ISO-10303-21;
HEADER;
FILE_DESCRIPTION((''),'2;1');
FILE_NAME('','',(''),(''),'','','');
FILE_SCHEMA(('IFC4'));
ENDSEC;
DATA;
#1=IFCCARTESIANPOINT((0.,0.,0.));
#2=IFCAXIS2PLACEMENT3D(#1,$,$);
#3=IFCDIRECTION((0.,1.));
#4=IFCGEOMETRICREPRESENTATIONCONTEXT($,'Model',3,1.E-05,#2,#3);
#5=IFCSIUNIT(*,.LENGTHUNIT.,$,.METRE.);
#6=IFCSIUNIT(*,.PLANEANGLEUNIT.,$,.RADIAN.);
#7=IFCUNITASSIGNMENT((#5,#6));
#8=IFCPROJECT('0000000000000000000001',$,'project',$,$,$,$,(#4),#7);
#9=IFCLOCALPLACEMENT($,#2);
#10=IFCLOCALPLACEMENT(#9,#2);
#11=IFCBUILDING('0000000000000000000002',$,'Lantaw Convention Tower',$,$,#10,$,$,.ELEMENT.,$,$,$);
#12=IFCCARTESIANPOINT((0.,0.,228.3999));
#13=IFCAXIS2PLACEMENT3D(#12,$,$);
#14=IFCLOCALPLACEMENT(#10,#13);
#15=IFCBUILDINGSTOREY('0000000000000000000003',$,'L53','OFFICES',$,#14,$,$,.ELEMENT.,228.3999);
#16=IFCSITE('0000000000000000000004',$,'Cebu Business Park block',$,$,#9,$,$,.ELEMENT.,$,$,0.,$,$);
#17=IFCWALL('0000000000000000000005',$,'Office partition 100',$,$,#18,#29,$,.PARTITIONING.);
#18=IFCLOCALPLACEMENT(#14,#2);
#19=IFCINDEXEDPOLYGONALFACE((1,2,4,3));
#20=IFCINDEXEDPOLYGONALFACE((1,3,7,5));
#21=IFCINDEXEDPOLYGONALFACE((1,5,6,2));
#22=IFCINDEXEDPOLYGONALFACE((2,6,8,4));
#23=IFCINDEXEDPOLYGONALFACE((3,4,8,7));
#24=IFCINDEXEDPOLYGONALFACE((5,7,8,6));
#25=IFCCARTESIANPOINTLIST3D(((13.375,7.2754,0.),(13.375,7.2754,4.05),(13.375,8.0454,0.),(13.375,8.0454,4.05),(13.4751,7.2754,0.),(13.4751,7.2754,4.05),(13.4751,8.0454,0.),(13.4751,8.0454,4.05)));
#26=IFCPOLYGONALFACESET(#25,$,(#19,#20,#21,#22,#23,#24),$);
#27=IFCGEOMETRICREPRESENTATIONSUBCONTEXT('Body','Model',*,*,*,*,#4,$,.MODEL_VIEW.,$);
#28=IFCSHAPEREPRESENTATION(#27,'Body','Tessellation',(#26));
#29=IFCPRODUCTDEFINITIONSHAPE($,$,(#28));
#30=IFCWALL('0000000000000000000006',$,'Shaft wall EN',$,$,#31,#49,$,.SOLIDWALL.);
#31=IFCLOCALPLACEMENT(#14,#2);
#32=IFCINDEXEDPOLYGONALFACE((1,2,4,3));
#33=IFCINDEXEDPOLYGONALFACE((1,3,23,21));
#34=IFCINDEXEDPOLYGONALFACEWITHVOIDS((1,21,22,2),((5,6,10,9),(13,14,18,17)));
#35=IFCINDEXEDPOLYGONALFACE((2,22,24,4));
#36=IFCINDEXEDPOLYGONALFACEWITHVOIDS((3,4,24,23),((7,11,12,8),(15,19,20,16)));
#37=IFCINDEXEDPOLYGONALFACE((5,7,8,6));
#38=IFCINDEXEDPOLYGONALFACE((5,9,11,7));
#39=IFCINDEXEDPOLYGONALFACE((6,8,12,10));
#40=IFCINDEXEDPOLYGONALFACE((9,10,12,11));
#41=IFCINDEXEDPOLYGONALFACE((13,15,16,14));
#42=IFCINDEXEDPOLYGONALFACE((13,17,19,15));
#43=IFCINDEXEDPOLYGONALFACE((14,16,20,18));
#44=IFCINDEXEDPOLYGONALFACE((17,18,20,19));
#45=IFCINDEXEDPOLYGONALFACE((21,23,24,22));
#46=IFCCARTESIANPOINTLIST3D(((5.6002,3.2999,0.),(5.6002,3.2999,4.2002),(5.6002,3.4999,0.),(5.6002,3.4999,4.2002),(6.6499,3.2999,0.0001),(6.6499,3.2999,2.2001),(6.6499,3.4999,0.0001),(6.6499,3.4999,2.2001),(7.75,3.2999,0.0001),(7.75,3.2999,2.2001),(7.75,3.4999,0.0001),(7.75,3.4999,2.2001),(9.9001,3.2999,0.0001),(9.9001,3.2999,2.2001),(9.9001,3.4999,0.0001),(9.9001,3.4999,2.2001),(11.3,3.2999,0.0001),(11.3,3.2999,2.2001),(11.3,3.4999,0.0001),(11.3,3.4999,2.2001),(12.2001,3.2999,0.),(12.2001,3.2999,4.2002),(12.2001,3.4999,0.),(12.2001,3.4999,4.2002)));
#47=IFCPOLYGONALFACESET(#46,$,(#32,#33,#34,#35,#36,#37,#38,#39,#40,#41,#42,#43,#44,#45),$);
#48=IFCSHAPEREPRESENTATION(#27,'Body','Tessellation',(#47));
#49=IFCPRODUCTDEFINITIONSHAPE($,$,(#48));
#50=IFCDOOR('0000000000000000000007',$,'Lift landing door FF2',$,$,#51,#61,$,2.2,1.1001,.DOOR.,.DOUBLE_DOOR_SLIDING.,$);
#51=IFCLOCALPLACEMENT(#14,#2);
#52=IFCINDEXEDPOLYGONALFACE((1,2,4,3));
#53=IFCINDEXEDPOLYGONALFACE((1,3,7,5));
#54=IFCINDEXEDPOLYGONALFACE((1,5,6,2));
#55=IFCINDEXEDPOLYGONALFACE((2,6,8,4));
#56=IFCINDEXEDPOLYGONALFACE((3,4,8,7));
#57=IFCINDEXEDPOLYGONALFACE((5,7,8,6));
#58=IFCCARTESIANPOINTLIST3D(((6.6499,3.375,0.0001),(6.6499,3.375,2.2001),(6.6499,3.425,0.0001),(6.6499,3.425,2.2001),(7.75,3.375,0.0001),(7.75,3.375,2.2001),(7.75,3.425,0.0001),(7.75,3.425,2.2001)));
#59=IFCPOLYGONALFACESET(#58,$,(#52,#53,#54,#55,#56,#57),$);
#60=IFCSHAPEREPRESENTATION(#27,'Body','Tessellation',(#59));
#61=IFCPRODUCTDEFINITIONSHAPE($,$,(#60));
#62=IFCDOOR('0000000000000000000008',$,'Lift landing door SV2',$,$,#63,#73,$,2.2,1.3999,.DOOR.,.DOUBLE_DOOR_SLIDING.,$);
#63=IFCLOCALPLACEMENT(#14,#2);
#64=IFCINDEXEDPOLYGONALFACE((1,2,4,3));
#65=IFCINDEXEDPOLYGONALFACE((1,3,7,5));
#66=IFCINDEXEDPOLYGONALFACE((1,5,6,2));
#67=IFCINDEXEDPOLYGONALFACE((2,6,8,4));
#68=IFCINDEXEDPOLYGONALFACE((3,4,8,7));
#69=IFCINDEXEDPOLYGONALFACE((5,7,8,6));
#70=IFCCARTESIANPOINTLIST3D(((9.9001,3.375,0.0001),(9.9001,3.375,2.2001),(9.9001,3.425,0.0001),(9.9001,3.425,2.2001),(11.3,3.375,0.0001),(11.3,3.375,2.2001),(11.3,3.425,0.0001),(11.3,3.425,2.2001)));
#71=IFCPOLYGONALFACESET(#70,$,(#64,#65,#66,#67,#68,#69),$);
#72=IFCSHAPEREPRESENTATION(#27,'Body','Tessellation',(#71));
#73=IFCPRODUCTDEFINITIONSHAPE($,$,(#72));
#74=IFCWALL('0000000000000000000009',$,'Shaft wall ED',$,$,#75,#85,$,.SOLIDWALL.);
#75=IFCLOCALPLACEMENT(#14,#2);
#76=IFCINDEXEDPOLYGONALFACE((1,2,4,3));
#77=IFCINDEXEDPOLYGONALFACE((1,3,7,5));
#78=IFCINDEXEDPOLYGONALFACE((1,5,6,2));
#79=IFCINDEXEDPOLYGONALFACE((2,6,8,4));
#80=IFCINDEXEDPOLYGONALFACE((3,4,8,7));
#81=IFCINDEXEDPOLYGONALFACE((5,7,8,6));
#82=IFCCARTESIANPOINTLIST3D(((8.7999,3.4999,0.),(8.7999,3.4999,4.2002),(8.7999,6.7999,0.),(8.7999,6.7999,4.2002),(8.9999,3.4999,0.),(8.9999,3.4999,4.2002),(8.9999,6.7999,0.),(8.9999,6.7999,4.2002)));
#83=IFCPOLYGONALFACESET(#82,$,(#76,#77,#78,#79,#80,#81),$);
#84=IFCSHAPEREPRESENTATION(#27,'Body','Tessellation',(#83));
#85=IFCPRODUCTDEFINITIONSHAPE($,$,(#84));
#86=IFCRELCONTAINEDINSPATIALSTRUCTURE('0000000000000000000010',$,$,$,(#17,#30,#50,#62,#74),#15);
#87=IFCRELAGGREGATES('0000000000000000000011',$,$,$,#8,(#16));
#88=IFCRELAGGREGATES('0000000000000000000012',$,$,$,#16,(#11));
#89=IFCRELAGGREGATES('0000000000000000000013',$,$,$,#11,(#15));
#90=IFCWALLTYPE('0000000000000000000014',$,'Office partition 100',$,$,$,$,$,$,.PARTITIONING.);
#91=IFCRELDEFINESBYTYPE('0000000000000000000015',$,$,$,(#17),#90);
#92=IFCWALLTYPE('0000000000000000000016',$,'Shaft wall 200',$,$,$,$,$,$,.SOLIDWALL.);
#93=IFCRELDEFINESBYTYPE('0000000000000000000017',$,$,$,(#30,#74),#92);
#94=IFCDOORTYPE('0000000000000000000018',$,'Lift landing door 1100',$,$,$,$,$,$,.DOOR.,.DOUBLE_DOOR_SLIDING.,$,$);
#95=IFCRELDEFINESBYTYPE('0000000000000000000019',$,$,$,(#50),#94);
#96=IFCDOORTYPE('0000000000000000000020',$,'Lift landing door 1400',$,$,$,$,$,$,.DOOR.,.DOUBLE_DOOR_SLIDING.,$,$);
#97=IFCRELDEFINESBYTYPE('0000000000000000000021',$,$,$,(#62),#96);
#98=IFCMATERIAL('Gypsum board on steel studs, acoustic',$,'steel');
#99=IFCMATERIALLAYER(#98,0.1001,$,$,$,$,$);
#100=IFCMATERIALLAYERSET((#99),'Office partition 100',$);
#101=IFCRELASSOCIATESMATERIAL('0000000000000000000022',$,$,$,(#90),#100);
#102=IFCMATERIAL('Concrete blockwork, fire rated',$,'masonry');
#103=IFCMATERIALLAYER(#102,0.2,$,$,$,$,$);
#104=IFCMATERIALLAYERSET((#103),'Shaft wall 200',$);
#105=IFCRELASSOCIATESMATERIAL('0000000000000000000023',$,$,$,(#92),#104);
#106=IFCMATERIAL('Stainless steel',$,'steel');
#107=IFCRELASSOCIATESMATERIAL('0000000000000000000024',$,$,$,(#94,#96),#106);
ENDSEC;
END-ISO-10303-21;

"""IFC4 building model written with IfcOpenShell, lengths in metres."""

from ifc_helpers import new_model, si_unit, direction, frame, frame_2d, origin, place, context, subcontext, project, spatial, rectangle, extrude, material, layer, layer_set, type_object, element, fill, save


model = new_model("IFC4")

# Units and contexts
model_context = context("Model", 3, precision=1e-05, world=origin(), true_north=direction((0.0, 1.0)))
body_context = subcontext(model_context, "Body", "Model", "MODEL_VIEW")
ifc_project = project(units=[si_unit("LENGTHUNIT", "METRE"), si_unit("PLANEANGLEUNIT", "RADIAN")], contexts=[model_context])

# Site, building, storey
site_placement = place(None, origin())
site = spatial("IfcSite", under=ifc_project, at=site_placement, Name="Cebu Business Park block", CompositionType="ELEMENT", RefElevation=0.0)
building_placement = place(site_placement, origin())
building = spatial("IfcBuilding", under=site, at=building_placement, Name="Lantaw Convention Tower", CompositionType="ELEMENT")
storey_placement = place(building_placement, frame((0.0, 0.0, 228.3999)))
storey = spatial("IfcBuildingStorey", under=building, at=storey_placement, Name="L53", Description="OFFICES", CompositionType="ELEMENT", Elevation=228.3999)

# Shared definitions
ifc_material_1 = material(Name="Gypsum board on steel studs, acoustic", Category="steel")
ifc_layer_1 = layer(ifc_material_1, 0.1001)
ifc_layer_set_1 = layer_set([ifc_layer_1], Name="Office partition 100")
wall_type_1 = type_object("IfcWallType", Name="Office partition 100", PredefinedType="PARTITIONING", material=ifc_layer_set_1)

# Wall
wall_1_placement = place(storey_placement, frame((13.425, 7.2754, 0.0), z_axis=(0.0, 0.0, 1.0), x_axis=(0.0, 1.0, 0.0)))
element("IfcWall", 1, at=wall_1_placement, inside=storey, type_object=wall_type_1, Name="Office partition 100", PredefinedType="PARTITIONING", context=body_context, shape_type="SweptSolid", body=[
    extrude(rectangle(XDim=0.77, YDim=0.1001, at=frame_2d((0.385, 0.0))), origin(), (0.0, 0.0, 1.0), 4.05),
])

# Wall, openings, doors
ifc_material_2 = material(Name="Concrete blockwork, fire rated", Category="masonry")
ifc_layer_2 = layer(ifc_material_2, 0.2)
ifc_layer_set_2 = layer_set([ifc_layer_2], Name="Shaft wall 200")
wall_type_2 = type_object("IfcWallType", Name="Shaft wall 200", PredefinedType="SOLIDWALL", material=ifc_layer_set_2)
wall_2_placement = place(storey_placement, frame((12.2, 3.3999, 0.0), z_axis=(0.0, 0.0, 1.0), x_axis=(-1.0, 0.0, 0.0)))
wall_2 = element("IfcWall", 2, at=wall_2_placement, inside=storey, type_object=wall_type_2, Name="Shaft wall EN", PredefinedType="SOLIDWALL", context=body_context, shape_type="SweptSolid", body=[
    extrude(rectangle(XDim=6.5999, YDim=0.2, at=frame_2d((3.2998, 0.0))), origin(), (0.0, 0.0, 1.0), 4.2002),
])
opening_1_placement = place(wall_2_placement, frame((4.45, 0.0, 0.0)))
opening_1 = element("IfcOpeningElement", 3, at=opening_1_placement, cuts=wall_2, PredefinedType="OPENING", context=body_context, shape_type="SweptSolid", body=[
    extrude(rectangle(XDim=1.1001, YDim=2.2, at=frame_2d((0.55, 1.1001))), frame((0.0, 0.1099, 0.0), z_axis=(0.0, -1.0, 0.0), x_axis=(1.0, 0.0, 0.0)), (0.0, 0.0, 1.0), 0.22),
])
opening_2_placement = place(wall_2_placement, frame((0.8999, 0.0, 0.0)))
opening_2 = element("IfcOpeningElement", 4, at=opening_2_placement, cuts=wall_2, PredefinedType="OPENING", context=body_context, shape_type="SweptSolid", body=[
    extrude(rectangle(XDim=1.3999, YDim=2.2, at=frame_2d((0.7, 1.1001))), frame((0.0, 0.1099, 0.0), z_axis=(0.0, -1.0, 0.0), x_axis=(1.0, 0.0, 0.0)), (0.0, 0.0, 1.0), 0.22),
])
ifc_material_3 = material(Name="Stainless steel", Category="steel")
door_type_1 = type_object("IfcDoorType", Name="Lift landing door 1100", OperationType="DOUBLE_DOOR_SLIDING", PredefinedType="DOOR", material=ifc_material_3)
door_1_placement = place(opening_1_placement, origin())
door_1 = element("IfcDoor", 5, at=door_1_placement, inside=storey, type_object=door_type_1, Name="Lift landing door FF2", OperationType="DOUBLE_DOOR_SLIDING", OverallHeight=2.2, OverallWidth=1.1001, PredefinedType="DOOR", context=body_context, shape_type="SweptSolid", body=[
    extrude(rectangle(XDim=1.1001, YDim=2.2, at=frame_2d((0.55, 1.1001))), frame((0.0, 0.0249, 0.0), z_axis=(0.0, -1.0, 0.0), x_axis=(1.0, 0.0, 0.0)), (0.0, 0.0, 1.0), 0.05),
])
fill(opening_1, door_1)
door_type_2 = type_object("IfcDoorType", Name="Lift landing door 1400", OperationType="DOUBLE_DOOR_SLIDING", PredefinedType="DOOR", material=ifc_material_3)
door_2_placement = place(opening_2_placement, origin())
door_2 = element("IfcDoor", 6, at=door_2_placement, inside=storey, type_object=door_type_2, Name="Lift landing door SV2", OperationType="DOUBLE_DOOR_SLIDING", OverallHeight=2.2, OverallWidth=1.3999, PredefinedType="DOOR", context=body_context, shape_type="SweptSolid", body=[
    extrude(rectangle(XDim=1.3999, YDim=2.2, at=frame_2d((0.7, 1.1001))), frame((0.0, 0.0249, 0.0), z_axis=(0.0, -1.0, 0.0), x_axis=(1.0, 0.0, 0.0)), (0.0, 0.0, 1.0), 0.05),
])
fill(opening_2, door_2)

# Wall
wall_3_placement = place(storey_placement, frame((8.8999, 3.5, 0.0), z_axis=(0.0, 0.0, 1.0), x_axis=(0.0, 1.0, 0.0)))
element("IfcWall", 7, at=wall_3_placement, inside=storey, type_object=wall_type_2, Name="Shaft wall ED", PredefinedType="SOLIDWALL", context=body_context, shape_type="SweptSolid", body=[
    extrude(rectangle(XDim=3.3, YDim=0.2, at=frame_2d((1.6499, 0.0))), origin(), (0.0, 0.0, 1.0), 4.2002),
])

save(model, "model.ifc")
